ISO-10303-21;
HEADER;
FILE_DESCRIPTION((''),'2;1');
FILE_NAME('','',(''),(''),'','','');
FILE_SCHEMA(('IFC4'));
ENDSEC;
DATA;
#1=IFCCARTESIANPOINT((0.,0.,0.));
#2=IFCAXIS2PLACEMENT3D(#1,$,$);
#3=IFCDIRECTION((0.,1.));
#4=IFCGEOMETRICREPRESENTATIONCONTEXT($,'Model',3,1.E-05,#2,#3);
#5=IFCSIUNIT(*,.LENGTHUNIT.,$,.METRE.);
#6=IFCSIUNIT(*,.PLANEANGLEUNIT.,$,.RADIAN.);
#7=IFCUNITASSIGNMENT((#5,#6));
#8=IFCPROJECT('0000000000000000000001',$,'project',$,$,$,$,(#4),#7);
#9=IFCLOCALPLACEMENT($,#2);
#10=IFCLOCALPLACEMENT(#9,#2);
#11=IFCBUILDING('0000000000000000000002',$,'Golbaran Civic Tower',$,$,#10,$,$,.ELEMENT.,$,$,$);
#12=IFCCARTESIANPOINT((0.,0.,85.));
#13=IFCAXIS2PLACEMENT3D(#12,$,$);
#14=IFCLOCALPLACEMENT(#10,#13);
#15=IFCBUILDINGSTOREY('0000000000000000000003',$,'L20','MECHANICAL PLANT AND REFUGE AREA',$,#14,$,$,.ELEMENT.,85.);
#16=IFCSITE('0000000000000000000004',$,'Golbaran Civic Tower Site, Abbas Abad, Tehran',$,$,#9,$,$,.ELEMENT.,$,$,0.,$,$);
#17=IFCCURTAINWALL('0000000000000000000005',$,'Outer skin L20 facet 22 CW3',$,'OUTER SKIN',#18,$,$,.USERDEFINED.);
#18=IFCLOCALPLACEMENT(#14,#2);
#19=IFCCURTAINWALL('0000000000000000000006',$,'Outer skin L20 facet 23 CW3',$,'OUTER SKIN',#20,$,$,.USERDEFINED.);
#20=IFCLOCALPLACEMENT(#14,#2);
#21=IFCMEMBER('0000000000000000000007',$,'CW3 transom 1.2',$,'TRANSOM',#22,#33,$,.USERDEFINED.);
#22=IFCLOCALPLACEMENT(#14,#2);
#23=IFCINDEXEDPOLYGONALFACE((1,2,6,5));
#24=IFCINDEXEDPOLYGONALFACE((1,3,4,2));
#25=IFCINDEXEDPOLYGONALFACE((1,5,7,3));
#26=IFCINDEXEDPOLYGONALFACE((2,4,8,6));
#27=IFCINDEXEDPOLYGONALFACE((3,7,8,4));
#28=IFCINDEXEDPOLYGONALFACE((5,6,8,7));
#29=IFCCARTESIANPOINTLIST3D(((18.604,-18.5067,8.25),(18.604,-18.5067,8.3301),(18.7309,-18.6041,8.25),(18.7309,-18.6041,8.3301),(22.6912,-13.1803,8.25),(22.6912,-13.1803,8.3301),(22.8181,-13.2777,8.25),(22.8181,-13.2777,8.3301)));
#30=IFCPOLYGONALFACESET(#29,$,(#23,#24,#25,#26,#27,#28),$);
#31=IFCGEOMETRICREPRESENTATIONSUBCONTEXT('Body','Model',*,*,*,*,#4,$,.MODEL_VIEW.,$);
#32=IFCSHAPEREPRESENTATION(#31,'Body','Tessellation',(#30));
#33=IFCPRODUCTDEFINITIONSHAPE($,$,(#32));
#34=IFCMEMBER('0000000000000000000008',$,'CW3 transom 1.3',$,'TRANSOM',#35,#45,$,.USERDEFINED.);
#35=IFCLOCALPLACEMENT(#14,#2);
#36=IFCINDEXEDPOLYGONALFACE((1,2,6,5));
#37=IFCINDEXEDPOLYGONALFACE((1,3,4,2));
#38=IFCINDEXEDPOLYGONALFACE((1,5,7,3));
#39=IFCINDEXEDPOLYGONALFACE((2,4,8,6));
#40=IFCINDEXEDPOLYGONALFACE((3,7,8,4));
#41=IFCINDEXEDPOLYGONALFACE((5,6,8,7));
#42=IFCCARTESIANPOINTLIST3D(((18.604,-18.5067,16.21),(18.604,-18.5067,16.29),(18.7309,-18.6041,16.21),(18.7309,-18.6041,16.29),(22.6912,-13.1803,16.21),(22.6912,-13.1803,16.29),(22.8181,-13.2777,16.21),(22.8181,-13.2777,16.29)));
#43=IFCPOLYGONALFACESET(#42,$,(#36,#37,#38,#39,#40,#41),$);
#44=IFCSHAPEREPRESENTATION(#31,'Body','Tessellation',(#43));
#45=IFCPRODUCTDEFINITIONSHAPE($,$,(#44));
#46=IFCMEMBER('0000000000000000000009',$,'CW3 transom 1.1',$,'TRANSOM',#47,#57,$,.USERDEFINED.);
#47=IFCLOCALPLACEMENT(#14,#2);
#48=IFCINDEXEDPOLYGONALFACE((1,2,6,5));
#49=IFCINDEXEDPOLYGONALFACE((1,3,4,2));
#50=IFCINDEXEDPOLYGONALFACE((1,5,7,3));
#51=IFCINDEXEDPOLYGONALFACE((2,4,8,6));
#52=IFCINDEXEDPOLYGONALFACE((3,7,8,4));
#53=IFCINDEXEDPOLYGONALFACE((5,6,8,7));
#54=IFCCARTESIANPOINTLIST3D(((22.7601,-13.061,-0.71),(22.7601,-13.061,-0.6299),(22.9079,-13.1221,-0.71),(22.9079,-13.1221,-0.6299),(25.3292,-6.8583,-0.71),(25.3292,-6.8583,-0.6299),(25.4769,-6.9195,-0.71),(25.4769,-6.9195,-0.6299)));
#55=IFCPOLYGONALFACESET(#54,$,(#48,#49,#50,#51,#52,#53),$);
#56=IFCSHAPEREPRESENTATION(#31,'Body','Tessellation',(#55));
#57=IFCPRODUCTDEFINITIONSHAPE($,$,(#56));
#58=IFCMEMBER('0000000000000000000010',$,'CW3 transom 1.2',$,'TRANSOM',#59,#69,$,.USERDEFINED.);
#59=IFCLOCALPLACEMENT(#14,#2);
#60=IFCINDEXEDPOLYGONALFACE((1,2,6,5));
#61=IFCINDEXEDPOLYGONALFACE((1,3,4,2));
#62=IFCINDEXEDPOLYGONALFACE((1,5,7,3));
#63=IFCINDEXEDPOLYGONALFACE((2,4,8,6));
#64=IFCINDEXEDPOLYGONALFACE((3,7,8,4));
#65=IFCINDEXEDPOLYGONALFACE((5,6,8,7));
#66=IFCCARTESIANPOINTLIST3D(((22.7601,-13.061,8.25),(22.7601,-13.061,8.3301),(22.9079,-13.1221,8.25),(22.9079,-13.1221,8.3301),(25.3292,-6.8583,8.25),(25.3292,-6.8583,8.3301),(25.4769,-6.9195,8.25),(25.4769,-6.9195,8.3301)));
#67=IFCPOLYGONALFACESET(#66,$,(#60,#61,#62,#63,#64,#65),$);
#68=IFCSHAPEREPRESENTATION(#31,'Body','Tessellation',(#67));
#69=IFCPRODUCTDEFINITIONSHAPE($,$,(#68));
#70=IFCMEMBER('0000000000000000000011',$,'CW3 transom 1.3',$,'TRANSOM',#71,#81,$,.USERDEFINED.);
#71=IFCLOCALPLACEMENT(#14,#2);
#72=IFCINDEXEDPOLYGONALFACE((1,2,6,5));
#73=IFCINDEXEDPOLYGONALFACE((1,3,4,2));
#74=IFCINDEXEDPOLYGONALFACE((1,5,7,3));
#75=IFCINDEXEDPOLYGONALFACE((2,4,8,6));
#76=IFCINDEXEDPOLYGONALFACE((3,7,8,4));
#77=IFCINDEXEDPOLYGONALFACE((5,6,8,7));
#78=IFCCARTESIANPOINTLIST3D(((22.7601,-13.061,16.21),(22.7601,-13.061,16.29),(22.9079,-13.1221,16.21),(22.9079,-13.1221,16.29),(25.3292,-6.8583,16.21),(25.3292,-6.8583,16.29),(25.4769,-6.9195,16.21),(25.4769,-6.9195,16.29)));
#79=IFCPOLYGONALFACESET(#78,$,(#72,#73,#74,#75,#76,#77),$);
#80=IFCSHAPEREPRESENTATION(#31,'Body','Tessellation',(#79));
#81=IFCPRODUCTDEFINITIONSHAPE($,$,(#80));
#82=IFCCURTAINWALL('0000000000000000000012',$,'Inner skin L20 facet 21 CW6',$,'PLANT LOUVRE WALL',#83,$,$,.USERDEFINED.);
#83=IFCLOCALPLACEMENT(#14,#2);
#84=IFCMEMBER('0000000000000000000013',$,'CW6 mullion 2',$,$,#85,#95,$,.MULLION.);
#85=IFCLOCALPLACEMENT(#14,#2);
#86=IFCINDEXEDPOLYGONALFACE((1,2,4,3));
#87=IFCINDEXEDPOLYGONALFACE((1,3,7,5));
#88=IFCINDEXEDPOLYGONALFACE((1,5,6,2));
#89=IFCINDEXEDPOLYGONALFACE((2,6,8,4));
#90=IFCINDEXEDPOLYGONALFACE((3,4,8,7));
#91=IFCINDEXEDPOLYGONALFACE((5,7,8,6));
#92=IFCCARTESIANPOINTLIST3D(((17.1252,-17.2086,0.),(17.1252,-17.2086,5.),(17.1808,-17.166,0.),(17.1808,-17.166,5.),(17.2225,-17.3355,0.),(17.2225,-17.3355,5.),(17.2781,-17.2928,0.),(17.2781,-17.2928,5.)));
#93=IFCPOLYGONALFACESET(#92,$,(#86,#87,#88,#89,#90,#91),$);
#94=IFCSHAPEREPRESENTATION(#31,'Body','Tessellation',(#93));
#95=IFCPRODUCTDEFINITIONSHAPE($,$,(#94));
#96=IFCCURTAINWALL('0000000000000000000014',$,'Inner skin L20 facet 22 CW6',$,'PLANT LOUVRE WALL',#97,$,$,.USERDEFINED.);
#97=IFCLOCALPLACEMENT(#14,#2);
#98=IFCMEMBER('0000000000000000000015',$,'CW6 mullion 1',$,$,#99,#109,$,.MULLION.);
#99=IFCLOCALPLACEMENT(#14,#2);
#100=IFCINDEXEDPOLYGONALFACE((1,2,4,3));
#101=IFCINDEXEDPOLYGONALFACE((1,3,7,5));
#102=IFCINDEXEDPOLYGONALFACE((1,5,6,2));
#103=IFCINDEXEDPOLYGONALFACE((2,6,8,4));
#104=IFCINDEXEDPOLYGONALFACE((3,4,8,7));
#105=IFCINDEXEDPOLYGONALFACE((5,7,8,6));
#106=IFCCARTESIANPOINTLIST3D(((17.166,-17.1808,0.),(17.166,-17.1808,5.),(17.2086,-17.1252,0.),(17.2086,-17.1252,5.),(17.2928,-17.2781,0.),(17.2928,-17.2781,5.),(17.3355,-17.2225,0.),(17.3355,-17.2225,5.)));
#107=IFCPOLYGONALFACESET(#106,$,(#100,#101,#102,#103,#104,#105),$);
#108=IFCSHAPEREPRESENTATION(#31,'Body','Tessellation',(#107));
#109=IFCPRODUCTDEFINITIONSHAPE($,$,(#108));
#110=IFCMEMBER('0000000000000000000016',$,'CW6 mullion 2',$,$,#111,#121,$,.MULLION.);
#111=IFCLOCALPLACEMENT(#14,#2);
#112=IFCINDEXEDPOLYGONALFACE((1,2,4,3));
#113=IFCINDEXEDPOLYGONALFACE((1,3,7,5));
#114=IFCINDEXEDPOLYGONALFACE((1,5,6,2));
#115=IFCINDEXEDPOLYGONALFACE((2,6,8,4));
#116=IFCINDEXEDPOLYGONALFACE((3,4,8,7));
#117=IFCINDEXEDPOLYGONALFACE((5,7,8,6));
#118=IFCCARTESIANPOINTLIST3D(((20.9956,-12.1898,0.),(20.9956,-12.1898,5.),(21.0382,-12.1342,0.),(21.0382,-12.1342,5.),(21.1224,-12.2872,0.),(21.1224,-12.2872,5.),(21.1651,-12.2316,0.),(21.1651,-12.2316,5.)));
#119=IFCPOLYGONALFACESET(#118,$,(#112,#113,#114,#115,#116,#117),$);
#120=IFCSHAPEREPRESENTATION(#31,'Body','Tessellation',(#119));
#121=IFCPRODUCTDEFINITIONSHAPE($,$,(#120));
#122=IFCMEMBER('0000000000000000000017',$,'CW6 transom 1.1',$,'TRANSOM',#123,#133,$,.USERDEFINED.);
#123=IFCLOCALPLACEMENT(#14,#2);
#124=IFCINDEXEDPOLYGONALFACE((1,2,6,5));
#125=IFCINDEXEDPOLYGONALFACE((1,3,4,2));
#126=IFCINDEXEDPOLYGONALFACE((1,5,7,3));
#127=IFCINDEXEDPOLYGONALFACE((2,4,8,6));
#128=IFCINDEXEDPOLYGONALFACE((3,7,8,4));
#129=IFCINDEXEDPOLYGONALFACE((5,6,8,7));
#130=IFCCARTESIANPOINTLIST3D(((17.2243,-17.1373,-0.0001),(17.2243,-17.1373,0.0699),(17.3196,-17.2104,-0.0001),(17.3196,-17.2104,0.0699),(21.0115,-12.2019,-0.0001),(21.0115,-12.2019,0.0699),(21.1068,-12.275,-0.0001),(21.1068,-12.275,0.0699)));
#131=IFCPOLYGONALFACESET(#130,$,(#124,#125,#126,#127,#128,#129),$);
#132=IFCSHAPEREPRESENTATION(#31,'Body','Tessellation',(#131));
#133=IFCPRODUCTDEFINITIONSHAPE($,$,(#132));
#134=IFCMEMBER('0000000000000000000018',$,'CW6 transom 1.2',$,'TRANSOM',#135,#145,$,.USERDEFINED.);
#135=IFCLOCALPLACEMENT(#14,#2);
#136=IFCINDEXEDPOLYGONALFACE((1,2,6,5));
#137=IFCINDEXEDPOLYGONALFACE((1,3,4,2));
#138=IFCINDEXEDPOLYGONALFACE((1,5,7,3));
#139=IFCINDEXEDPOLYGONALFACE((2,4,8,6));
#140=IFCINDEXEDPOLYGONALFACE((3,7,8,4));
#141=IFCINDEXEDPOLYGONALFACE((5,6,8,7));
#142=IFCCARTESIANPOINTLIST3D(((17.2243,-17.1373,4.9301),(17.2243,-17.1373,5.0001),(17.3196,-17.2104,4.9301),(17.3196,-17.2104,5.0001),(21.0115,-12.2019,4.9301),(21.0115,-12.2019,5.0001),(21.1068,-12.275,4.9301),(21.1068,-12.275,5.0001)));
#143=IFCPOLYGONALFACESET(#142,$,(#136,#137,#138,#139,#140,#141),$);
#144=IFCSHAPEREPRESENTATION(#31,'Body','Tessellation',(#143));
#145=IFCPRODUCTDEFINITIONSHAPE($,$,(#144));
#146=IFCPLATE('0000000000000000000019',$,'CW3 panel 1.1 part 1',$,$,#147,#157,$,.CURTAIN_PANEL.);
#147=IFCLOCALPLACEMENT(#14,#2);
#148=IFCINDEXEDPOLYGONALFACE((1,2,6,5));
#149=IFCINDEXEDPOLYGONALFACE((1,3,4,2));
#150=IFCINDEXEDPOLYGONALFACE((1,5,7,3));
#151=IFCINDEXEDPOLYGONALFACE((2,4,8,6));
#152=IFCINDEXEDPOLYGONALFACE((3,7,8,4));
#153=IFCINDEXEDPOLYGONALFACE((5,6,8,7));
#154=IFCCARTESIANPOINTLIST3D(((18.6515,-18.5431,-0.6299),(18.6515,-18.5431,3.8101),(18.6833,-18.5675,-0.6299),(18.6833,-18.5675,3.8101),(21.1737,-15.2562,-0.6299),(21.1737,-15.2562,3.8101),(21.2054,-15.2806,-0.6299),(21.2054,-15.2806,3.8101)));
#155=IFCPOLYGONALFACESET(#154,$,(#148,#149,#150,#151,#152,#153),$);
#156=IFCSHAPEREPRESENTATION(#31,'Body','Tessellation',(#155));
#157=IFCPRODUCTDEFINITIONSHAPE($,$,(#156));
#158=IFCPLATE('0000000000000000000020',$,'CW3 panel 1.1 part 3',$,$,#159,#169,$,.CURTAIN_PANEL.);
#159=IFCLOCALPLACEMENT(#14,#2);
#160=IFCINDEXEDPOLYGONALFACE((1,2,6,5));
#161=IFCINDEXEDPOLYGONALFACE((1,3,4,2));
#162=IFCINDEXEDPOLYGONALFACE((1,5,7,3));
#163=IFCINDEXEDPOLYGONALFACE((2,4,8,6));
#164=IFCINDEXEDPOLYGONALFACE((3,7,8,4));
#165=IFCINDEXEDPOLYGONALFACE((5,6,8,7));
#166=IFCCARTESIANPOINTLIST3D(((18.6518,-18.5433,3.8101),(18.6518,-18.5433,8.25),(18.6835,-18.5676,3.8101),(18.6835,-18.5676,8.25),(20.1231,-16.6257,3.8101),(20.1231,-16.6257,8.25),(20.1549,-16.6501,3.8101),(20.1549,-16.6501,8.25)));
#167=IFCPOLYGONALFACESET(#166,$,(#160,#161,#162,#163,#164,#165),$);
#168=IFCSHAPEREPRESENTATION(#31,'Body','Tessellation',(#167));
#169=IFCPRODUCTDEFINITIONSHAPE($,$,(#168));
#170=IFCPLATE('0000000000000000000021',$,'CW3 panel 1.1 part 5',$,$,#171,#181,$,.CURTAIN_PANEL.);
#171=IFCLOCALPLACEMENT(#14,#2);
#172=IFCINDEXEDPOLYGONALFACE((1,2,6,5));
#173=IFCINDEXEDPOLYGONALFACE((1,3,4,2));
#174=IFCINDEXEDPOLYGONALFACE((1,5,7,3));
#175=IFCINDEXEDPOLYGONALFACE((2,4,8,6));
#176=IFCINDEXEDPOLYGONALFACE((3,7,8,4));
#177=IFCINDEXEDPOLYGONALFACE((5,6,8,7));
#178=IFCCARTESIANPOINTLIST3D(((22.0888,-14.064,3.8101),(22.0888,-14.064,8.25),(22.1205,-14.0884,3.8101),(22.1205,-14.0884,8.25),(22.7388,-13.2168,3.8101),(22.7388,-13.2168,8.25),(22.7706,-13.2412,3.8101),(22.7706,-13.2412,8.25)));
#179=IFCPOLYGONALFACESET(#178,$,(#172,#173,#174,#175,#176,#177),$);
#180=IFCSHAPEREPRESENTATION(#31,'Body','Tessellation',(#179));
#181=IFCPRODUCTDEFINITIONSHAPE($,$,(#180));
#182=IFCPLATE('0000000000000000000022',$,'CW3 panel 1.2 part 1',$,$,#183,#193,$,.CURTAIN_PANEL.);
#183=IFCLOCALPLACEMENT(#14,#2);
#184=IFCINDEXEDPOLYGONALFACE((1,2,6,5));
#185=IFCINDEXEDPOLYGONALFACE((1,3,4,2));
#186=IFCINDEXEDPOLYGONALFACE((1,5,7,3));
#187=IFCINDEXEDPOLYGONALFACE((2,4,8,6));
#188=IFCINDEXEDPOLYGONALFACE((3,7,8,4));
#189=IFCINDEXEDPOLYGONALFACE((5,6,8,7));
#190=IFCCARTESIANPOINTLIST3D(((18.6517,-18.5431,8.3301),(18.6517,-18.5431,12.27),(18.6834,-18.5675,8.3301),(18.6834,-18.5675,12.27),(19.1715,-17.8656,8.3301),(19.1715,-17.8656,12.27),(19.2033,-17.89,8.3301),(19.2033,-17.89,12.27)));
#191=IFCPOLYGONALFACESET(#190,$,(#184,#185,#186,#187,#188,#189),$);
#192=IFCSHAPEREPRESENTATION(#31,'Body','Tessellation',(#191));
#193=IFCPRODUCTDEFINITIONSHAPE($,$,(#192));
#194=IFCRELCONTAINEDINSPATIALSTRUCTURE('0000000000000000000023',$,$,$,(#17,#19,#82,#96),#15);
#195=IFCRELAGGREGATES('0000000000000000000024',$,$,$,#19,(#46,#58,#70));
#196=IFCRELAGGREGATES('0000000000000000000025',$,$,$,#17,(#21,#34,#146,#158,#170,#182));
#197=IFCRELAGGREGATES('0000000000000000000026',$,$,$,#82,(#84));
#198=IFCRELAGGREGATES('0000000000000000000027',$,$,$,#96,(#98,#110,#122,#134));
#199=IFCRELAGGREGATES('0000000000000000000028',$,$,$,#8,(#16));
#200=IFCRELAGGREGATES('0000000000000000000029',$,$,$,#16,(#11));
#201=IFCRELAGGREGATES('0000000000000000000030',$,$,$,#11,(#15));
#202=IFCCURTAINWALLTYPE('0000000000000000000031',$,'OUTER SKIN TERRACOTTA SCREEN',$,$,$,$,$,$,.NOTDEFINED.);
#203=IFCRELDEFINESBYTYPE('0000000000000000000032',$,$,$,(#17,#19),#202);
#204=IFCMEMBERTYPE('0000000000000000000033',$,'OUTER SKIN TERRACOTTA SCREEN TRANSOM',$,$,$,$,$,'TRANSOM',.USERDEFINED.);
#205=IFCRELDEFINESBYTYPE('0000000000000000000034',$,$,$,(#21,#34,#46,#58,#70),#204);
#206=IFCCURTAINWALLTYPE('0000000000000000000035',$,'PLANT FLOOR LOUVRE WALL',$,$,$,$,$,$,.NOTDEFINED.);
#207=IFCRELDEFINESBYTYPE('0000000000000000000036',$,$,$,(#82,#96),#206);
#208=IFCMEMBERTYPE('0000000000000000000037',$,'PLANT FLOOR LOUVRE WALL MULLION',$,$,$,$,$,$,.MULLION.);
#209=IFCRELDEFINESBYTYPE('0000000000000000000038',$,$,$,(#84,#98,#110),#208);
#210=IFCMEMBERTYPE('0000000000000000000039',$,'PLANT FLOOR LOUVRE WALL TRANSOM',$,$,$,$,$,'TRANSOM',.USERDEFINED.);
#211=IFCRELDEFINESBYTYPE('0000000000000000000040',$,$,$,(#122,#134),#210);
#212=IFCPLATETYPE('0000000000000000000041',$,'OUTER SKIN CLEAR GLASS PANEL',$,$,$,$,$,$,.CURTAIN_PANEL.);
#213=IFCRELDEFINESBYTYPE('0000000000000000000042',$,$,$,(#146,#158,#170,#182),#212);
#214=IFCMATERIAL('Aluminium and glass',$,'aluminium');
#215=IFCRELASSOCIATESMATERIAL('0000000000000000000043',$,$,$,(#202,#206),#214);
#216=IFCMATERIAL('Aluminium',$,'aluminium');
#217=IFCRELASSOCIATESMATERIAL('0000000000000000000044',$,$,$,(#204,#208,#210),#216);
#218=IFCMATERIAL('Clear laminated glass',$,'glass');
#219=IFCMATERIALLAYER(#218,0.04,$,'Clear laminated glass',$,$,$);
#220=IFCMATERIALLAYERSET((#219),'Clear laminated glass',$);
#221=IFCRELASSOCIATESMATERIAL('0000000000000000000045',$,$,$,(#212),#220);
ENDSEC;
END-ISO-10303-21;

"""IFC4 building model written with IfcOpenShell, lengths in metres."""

from ifc_helpers import new_model, si_unit, direction, frame, origin, origin_2d, place, context, subcontext, project, spatial, rectangle, extrude, material, layer, layer_set, material_profile, profile_set, type_object, element, aggregate, save


model = new_model("IFC4")

# Units and contexts
model_context = context("Model", 3, precision=1e-05, world=origin(), true_north=direction((0.0, 1.0)))
body_context = subcontext(model_context, "Body", "Model", "MODEL_VIEW")
ifc_project = project(units=[si_unit("LENGTHUNIT", "METRE"), si_unit("PLANEANGLEUNIT", "RADIAN")], contexts=[model_context])

# Site, building, storey
site_placement = place(None, origin())
site = spatial("IfcSite", under=ifc_project, at=site_placement, Name="Golbaran Civic Tower Site, Abbas Abad, Tehran", CompositionType="ELEMENT", RefElevation=0.0)
building_placement = place(site_placement, origin())
building = spatial("IfcBuilding", under=site, at=building_placement, Name="Golbaran Civic Tower", CompositionType="ELEMENT")
storey_placement = place(building_placement, frame((0.0, 0.0, 85.0)))
storey = spatial("IfcBuildingStorey", under=building, at=storey_placement, Name="L20", Description="MECHANICAL PLANT AND REFUGE AREA", CompositionType="ELEMENT", Elevation=85.0)

# Shared definitions
ifc_material_1 = material(Name="Aluminium and glass", Category="aluminium")
curtain_wall_type_1 = type_object("IfcCurtainWallType", Name="OUTER SKIN TERRACOTTA SCREEN", PredefinedType="NOTDEFINED", material=ifc_material_1)
ifc_material_2 = material(Name="Aluminium", Category="aluminium")

# Curtain wall
curtain_wall_1_placement = place(storey_placement, origin())
curtain_wall_1 = element("IfcCurtainWall", 1, at=curtain_wall_1_placement, inside=storey, type_object=curtain_wall_type_1, Name="Outer skin L20 facet 22 CW3", ObjectType="OUTER SKIN", PredefinedType="USERDEFINED")

# Curtain wall
curtain_wall_2_placement = place(storey_placement, origin())
curtain_wall_2 = element("IfcCurtainWall", 2, at=curtain_wall_2_placement, inside=storey, type_object=curtain_wall_type_1, Name="Outer skin L20 facet 23 CW3", ObjectType="OUTER SKIN", PredefinedType="USERDEFINED")

# Members
ifc_material_profile_1 = material_profile(ifc_material_2, rectangle(XDim=0.1599, YDim=0.0801, at=origin_2d()), Name="OUTER SKIN TERRACOTTA SCREEN TRANSOM")
ifc_profile_set_1 = profile_set([ifc_material_profile_1], Name="Aluminium")
member_type_1 = type_object("IfcMemberType", Name="OUTER SKIN TERRACOTTA SCREEN TRANSOM", ElementType="TRANSOM", PredefinedType="USERDEFINED", material=ifc_profile_set_1)
member_1_placement = place(storey_placement, frame((18.6675, -18.5554, 8.29), z_axis=(0.608767, 0.793349, 0.0), x_axis=(-0.793349, 0.608767, 0.0)))
member_1 = element("IfcMember", 3, at=member_1_placement, type_object=member_type_1, Name="CW3 transom 1.2", ObjectType="TRANSOM", PredefinedType="USERDEFINED", context=body_context, shape_type="SweptSolid", body=[
    extrude(rectangle(XDim=0.1599, YDim=0.0801, at=origin_2d()), origin(), (0.0, 0.0, 1.0), 6.7139),
])
member_2_placement = place(storey_placement, frame((18.6675, -18.5554, 16.25), z_axis=(0.608767, 0.793349, 0.0), x_axis=(-0.793349, 0.608767, 0.0)))
member_2 = element("IfcMember", 4, at=member_2_placement, type_object=member_type_1, Name="CW3 transom 1.3", ObjectType="TRANSOM", PredefinedType="USERDEFINED", context=body_context, shape_type="SweptSolid", body=[
    extrude(rectangle(XDim=0.1599, YDim=0.0801, at=origin_2d()), origin(), (0.0, 0.0, 1.0), 6.7139),
])
member_3_placement = place(storey_placement, frame((22.834, -13.0916, -0.6699), z_axis=(0.382668, 0.923886, 0.0), x_axis=(-0.923886, 0.382668, 0.0)))
member_3 = element("IfcMember", 5, at=member_3_placement, type_object=member_type_1, Name="CW3 transom 1.1", ObjectType="TRANSOM", PredefinedType="USERDEFINED", context=body_context, shape_type="SweptSolid", body=[
    extrude(rectangle(XDim=0.1599, YDim=0.0801, at=origin_2d()), origin(), (0.0, 0.0, 1.0), 6.7136),
])
member_4_placement = place(storey_placement, frame((22.834, -13.0916, 8.29), z_axis=(0.382668, 0.923886, 0.0), x_axis=(-0.923886, 0.382668, 0.0)))
member_4 = element("IfcMember", 6, at=member_4_placement, type_object=member_type_1, Name="CW3 transom 1.2", ObjectType="TRANSOM", PredefinedType="USERDEFINED", context=body_context, shape_type="SweptSolid", body=[
    extrude(rectangle(XDim=0.1599, YDim=0.0801, at=origin_2d()), origin(), (0.0, 0.0, 1.0), 6.7136),
])
member_5_placement = place(storey_placement, frame((22.834, -13.0916, 16.25), z_axis=(0.382668, 0.923886, 0.0), x_axis=(-0.923886, 0.382668, 0.0)))
member_5 = element("IfcMember", 7, at=member_5_placement, type_object=member_type_1, Name="CW3 transom 1.3", ObjectType="TRANSOM", PredefinedType="USERDEFINED", context=body_context, shape_type="SweptSolid", body=[
    extrude(rectangle(XDim=0.1599, YDim=0.0801, at=origin_2d()), origin(), (0.0, 0.0, 1.0), 6.7136),
])
aggregate(curtain_wall_2, [member_3, member_4, member_5])

# Curtain wall, member
curtain_wall_type_2 = type_object("IfcCurtainWallType", Name="PLANT FLOOR LOUVRE WALL", PredefinedType="NOTDEFINED", material=ifc_material_1)
curtain_wall_3_placement = place(storey_placement, origin())
curtain_wall_3 = element("IfcCurtainWall", 8, at=curtain_wall_3_placement, inside=storey, type_object=curtain_wall_type_2, Name="Inner skin L20 facet 21 CW6", ObjectType="PLANT LOUVRE WALL", PredefinedType="USERDEFINED")
ifc_material_profile_2 = material_profile(ifc_material_2, rectangle(XDim=0.1599, YDim=0.0701, at=origin_2d()), Name="PLANT FLOOR LOUVRE WALL MULLION")
ifc_profile_set_2 = profile_set([ifc_material_profile_2], Name="Aluminium")
member_type_2 = type_object("IfcMemberType", Name="PLANT FLOOR LOUVRE WALL MULLION", PredefinedType="MULLION", material=ifc_profile_set_2)
member_6_placement = place(storey_placement, frame((17.2017, -17.2507, 0.0), z_axis=(0.0, 0.0, 1.0), x_axis=(-0.608761, 0.793353, 0.0)))
member_6 = element("IfcMember", 9, at=member_6_placement, type_object=member_type_2, Name="CW6 mullion 2", PredefinedType="MULLION", context=body_context, shape_type="SweptSolid", body=[
    extrude(rectangle(XDim=0.1599, YDim=0.0701, at=origin_2d()), origin(), (0.0, 0.0, 1.0), 5.0),
])

# Curtain wall, members
curtain_wall_4_placement = place(storey_placement, origin())
curtain_wall_4 = element("IfcCurtainWall", 10, at=curtain_wall_4_placement, inside=storey, type_object=curtain_wall_type_2, Name="Inner skin L20 facet 22 CW6", ObjectType="PLANT LOUVRE WALL", PredefinedType="USERDEFINED")
member_7_placement = place(storey_placement, frame((17.2507, -17.2017, 0.0), z_axis=(0.0, 0.0, 1.0), x_axis=(-0.793353, 0.608761, 0.0)))
member_7 = element("IfcMember", 11, at=member_7_placement, type_object=member_type_2, Name="CW6 mullion 1", PredefinedType="MULLION", context=body_context, shape_type="SweptSolid", body=[
    extrude(rectangle(XDim=0.1599, YDim=0.0701, at=origin_2d()), origin(), (0.0, 0.0, 1.0), 5.0),
])
member_8_placement = place(storey_placement, frame((21.0803, -12.2107, 0.0), z_axis=(0.0, 0.0, 1.0), x_axis=(-0.793353, 0.608761, 0.0)))
member_8 = element("IfcMember", 12, at=member_8_placement, type_object=member_type_2, Name="CW6 mullion 2", PredefinedType="MULLION", context=body_context, shape_type="SweptSolid", body=[
    extrude(rectangle(XDim=0.1599, YDim=0.0701, at=origin_2d()), origin(), (0.0, 0.0, 1.0), 5.0),
])
ifc_material_profile_3 = material_profile(ifc_material_2, rectangle(XDim=0.1201, YDim=0.0701, at=origin_2d()), Name="PLANT FLOOR LOUVRE WALL TRANSOM")
ifc_profile_set_3 = profile_set([ifc_material_profile_3], Name="Aluminium")
member_type_3 = type_object("IfcMemberType", Name="PLANT FLOOR LOUVRE WALL TRANSOM", ElementType="TRANSOM", PredefinedType="USERDEFINED", material=ifc_profile_set_3)
member_9_placement = place(storey_placement, frame((17.272, -17.1738, 0.0349), z_axis=(0.608773, 0.793344, 0.0), x_axis=(-0.793344, 0.608773, 0.0)))
member_9 = element("IfcMember", 13, at=member_9_placement, type_object=member_type_3, Name="CW6 transom 1.1", ObjectType="TRANSOM", PredefinedType="USERDEFINED", context=body_context, shape_type="SweptSolid", body=[
    extrude(rectangle(XDim=0.1201, YDim=0.0701, at=origin_2d()), origin(), (0.0, 0.0, 1.0), 6.2209),
])
member_10_placement = place(storey_placement, frame((17.272, -17.1738, 4.9651), z_axis=(0.608773, 0.793344, 0.0), x_axis=(-0.793344, 0.608773, 0.0)))
member_10 = element("IfcMember", 14, at=member_10_placement, type_object=member_type_3, Name="CW6 transom 1.2", ObjectType="TRANSOM", PredefinedType="USERDEFINED", context=body_context, shape_type="SweptSolid", body=[
    extrude(rectangle(XDim=0.1201, YDim=0.0701, at=origin_2d()), origin(), (0.0, 0.0, 1.0), 6.2209),
])

# Plates
ifc_material_3 = material(Name="Clear laminated glass", Category="glass")
ifc_layer_1 = layer(ifc_material_3, 0.04, Name="Clear laminated glass")
ifc_layer_set_1 = layer_set([ifc_layer_1], Name="Clear laminated glass")
plate_type_1 = type_object("IfcPlateType", Name="OUTER SKIN CLEAR GLASS PANEL", PredefinedType="CURTAIN_PANEL", material=ifc_layer_set_1)
plate_1_placement = place(storey_placement, frame((19.9285, -16.9119, -0.6299), z_axis=(0.0, 0.0, 1.0), x_axis=(0.608761, 0.793353, 0.0)))
plate_1 = element("IfcPlate", 15, at=plate_1_placement, type_object=plate_type_1, Name="CW3 panel 1.1 part 1", PredefinedType="CURTAIN_PANEL", context=body_context, shape_type="SweptSolid", body=[
    extrude(rectangle(XDim=4.1431, YDim=0.04, at=origin_2d()), origin(), (0.0, 0.0, 1.0), 4.4399),
])
plate_2_placement = place(storey_placement, frame((19.4033, -17.5967, 3.8101), z_axis=(0.0, 0.0, 1.0), x_axis=(0.608761, 0.793353, 0.0)))
plate_2 = element("IfcPlate", 16, at=plate_2_placement, type_object=plate_type_1, Name="CW3 panel 1.1 part 3", PredefinedType="CURTAIN_PANEL", context=body_context, shape_type="SweptSolid", body=[
    extrude(rectangle(XDim=2.417, YDim=0.04, at=origin_2d()), origin(), (0.0, 0.0, 1.0), 4.4399),
])
plate_3_placement = place(storey_placement, frame((22.4297, -13.6526, 3.8101), z_axis=(0.0, 0.0, 1.0), x_axis=(0.608761, 0.793353, 0.0)))
plate_3 = element("IfcPlate", 17, at=plate_3_placement, type_object=plate_type_1, Name="CW3 panel 1.1 part 5", PredefinedType="CURTAIN_PANEL", context=body_context, shape_type="SweptSolid", body=[
    extrude(rectangle(XDim=1.0679, YDim=0.04, at=origin_2d()), origin(), (0.0, 0.0, 1.0), 4.4399),
])
plate_4_placement = place(storey_placement, frame((18.9275, -18.2166, 8.3301), z_axis=(0.0, 0.0, 1.0), x_axis=(0.608761, 0.793353, 0.0)))
plate_4 = element("IfcPlate", 18, at=plate_4_placement, type_object=plate_type_1, Name="CW3 panel 1.2 part 1", PredefinedType="CURTAIN_PANEL", context=body_context, shape_type="SweptSolid", body=[
    extrude(rectangle(XDim=0.854, YDim=0.04, at=origin_2d()), origin(), (0.0, 0.0, 1.0), 3.9399),
])
aggregate(curtain_wall_1, [member_1, member_2, plate_1, plate_2, plate_3, plate_4])
aggregate(curtain_wall_3, [member_6])
aggregate(curtain_wall_4, [member_7, member_8, member_9, member_10])

save(model, "model.ifc")
